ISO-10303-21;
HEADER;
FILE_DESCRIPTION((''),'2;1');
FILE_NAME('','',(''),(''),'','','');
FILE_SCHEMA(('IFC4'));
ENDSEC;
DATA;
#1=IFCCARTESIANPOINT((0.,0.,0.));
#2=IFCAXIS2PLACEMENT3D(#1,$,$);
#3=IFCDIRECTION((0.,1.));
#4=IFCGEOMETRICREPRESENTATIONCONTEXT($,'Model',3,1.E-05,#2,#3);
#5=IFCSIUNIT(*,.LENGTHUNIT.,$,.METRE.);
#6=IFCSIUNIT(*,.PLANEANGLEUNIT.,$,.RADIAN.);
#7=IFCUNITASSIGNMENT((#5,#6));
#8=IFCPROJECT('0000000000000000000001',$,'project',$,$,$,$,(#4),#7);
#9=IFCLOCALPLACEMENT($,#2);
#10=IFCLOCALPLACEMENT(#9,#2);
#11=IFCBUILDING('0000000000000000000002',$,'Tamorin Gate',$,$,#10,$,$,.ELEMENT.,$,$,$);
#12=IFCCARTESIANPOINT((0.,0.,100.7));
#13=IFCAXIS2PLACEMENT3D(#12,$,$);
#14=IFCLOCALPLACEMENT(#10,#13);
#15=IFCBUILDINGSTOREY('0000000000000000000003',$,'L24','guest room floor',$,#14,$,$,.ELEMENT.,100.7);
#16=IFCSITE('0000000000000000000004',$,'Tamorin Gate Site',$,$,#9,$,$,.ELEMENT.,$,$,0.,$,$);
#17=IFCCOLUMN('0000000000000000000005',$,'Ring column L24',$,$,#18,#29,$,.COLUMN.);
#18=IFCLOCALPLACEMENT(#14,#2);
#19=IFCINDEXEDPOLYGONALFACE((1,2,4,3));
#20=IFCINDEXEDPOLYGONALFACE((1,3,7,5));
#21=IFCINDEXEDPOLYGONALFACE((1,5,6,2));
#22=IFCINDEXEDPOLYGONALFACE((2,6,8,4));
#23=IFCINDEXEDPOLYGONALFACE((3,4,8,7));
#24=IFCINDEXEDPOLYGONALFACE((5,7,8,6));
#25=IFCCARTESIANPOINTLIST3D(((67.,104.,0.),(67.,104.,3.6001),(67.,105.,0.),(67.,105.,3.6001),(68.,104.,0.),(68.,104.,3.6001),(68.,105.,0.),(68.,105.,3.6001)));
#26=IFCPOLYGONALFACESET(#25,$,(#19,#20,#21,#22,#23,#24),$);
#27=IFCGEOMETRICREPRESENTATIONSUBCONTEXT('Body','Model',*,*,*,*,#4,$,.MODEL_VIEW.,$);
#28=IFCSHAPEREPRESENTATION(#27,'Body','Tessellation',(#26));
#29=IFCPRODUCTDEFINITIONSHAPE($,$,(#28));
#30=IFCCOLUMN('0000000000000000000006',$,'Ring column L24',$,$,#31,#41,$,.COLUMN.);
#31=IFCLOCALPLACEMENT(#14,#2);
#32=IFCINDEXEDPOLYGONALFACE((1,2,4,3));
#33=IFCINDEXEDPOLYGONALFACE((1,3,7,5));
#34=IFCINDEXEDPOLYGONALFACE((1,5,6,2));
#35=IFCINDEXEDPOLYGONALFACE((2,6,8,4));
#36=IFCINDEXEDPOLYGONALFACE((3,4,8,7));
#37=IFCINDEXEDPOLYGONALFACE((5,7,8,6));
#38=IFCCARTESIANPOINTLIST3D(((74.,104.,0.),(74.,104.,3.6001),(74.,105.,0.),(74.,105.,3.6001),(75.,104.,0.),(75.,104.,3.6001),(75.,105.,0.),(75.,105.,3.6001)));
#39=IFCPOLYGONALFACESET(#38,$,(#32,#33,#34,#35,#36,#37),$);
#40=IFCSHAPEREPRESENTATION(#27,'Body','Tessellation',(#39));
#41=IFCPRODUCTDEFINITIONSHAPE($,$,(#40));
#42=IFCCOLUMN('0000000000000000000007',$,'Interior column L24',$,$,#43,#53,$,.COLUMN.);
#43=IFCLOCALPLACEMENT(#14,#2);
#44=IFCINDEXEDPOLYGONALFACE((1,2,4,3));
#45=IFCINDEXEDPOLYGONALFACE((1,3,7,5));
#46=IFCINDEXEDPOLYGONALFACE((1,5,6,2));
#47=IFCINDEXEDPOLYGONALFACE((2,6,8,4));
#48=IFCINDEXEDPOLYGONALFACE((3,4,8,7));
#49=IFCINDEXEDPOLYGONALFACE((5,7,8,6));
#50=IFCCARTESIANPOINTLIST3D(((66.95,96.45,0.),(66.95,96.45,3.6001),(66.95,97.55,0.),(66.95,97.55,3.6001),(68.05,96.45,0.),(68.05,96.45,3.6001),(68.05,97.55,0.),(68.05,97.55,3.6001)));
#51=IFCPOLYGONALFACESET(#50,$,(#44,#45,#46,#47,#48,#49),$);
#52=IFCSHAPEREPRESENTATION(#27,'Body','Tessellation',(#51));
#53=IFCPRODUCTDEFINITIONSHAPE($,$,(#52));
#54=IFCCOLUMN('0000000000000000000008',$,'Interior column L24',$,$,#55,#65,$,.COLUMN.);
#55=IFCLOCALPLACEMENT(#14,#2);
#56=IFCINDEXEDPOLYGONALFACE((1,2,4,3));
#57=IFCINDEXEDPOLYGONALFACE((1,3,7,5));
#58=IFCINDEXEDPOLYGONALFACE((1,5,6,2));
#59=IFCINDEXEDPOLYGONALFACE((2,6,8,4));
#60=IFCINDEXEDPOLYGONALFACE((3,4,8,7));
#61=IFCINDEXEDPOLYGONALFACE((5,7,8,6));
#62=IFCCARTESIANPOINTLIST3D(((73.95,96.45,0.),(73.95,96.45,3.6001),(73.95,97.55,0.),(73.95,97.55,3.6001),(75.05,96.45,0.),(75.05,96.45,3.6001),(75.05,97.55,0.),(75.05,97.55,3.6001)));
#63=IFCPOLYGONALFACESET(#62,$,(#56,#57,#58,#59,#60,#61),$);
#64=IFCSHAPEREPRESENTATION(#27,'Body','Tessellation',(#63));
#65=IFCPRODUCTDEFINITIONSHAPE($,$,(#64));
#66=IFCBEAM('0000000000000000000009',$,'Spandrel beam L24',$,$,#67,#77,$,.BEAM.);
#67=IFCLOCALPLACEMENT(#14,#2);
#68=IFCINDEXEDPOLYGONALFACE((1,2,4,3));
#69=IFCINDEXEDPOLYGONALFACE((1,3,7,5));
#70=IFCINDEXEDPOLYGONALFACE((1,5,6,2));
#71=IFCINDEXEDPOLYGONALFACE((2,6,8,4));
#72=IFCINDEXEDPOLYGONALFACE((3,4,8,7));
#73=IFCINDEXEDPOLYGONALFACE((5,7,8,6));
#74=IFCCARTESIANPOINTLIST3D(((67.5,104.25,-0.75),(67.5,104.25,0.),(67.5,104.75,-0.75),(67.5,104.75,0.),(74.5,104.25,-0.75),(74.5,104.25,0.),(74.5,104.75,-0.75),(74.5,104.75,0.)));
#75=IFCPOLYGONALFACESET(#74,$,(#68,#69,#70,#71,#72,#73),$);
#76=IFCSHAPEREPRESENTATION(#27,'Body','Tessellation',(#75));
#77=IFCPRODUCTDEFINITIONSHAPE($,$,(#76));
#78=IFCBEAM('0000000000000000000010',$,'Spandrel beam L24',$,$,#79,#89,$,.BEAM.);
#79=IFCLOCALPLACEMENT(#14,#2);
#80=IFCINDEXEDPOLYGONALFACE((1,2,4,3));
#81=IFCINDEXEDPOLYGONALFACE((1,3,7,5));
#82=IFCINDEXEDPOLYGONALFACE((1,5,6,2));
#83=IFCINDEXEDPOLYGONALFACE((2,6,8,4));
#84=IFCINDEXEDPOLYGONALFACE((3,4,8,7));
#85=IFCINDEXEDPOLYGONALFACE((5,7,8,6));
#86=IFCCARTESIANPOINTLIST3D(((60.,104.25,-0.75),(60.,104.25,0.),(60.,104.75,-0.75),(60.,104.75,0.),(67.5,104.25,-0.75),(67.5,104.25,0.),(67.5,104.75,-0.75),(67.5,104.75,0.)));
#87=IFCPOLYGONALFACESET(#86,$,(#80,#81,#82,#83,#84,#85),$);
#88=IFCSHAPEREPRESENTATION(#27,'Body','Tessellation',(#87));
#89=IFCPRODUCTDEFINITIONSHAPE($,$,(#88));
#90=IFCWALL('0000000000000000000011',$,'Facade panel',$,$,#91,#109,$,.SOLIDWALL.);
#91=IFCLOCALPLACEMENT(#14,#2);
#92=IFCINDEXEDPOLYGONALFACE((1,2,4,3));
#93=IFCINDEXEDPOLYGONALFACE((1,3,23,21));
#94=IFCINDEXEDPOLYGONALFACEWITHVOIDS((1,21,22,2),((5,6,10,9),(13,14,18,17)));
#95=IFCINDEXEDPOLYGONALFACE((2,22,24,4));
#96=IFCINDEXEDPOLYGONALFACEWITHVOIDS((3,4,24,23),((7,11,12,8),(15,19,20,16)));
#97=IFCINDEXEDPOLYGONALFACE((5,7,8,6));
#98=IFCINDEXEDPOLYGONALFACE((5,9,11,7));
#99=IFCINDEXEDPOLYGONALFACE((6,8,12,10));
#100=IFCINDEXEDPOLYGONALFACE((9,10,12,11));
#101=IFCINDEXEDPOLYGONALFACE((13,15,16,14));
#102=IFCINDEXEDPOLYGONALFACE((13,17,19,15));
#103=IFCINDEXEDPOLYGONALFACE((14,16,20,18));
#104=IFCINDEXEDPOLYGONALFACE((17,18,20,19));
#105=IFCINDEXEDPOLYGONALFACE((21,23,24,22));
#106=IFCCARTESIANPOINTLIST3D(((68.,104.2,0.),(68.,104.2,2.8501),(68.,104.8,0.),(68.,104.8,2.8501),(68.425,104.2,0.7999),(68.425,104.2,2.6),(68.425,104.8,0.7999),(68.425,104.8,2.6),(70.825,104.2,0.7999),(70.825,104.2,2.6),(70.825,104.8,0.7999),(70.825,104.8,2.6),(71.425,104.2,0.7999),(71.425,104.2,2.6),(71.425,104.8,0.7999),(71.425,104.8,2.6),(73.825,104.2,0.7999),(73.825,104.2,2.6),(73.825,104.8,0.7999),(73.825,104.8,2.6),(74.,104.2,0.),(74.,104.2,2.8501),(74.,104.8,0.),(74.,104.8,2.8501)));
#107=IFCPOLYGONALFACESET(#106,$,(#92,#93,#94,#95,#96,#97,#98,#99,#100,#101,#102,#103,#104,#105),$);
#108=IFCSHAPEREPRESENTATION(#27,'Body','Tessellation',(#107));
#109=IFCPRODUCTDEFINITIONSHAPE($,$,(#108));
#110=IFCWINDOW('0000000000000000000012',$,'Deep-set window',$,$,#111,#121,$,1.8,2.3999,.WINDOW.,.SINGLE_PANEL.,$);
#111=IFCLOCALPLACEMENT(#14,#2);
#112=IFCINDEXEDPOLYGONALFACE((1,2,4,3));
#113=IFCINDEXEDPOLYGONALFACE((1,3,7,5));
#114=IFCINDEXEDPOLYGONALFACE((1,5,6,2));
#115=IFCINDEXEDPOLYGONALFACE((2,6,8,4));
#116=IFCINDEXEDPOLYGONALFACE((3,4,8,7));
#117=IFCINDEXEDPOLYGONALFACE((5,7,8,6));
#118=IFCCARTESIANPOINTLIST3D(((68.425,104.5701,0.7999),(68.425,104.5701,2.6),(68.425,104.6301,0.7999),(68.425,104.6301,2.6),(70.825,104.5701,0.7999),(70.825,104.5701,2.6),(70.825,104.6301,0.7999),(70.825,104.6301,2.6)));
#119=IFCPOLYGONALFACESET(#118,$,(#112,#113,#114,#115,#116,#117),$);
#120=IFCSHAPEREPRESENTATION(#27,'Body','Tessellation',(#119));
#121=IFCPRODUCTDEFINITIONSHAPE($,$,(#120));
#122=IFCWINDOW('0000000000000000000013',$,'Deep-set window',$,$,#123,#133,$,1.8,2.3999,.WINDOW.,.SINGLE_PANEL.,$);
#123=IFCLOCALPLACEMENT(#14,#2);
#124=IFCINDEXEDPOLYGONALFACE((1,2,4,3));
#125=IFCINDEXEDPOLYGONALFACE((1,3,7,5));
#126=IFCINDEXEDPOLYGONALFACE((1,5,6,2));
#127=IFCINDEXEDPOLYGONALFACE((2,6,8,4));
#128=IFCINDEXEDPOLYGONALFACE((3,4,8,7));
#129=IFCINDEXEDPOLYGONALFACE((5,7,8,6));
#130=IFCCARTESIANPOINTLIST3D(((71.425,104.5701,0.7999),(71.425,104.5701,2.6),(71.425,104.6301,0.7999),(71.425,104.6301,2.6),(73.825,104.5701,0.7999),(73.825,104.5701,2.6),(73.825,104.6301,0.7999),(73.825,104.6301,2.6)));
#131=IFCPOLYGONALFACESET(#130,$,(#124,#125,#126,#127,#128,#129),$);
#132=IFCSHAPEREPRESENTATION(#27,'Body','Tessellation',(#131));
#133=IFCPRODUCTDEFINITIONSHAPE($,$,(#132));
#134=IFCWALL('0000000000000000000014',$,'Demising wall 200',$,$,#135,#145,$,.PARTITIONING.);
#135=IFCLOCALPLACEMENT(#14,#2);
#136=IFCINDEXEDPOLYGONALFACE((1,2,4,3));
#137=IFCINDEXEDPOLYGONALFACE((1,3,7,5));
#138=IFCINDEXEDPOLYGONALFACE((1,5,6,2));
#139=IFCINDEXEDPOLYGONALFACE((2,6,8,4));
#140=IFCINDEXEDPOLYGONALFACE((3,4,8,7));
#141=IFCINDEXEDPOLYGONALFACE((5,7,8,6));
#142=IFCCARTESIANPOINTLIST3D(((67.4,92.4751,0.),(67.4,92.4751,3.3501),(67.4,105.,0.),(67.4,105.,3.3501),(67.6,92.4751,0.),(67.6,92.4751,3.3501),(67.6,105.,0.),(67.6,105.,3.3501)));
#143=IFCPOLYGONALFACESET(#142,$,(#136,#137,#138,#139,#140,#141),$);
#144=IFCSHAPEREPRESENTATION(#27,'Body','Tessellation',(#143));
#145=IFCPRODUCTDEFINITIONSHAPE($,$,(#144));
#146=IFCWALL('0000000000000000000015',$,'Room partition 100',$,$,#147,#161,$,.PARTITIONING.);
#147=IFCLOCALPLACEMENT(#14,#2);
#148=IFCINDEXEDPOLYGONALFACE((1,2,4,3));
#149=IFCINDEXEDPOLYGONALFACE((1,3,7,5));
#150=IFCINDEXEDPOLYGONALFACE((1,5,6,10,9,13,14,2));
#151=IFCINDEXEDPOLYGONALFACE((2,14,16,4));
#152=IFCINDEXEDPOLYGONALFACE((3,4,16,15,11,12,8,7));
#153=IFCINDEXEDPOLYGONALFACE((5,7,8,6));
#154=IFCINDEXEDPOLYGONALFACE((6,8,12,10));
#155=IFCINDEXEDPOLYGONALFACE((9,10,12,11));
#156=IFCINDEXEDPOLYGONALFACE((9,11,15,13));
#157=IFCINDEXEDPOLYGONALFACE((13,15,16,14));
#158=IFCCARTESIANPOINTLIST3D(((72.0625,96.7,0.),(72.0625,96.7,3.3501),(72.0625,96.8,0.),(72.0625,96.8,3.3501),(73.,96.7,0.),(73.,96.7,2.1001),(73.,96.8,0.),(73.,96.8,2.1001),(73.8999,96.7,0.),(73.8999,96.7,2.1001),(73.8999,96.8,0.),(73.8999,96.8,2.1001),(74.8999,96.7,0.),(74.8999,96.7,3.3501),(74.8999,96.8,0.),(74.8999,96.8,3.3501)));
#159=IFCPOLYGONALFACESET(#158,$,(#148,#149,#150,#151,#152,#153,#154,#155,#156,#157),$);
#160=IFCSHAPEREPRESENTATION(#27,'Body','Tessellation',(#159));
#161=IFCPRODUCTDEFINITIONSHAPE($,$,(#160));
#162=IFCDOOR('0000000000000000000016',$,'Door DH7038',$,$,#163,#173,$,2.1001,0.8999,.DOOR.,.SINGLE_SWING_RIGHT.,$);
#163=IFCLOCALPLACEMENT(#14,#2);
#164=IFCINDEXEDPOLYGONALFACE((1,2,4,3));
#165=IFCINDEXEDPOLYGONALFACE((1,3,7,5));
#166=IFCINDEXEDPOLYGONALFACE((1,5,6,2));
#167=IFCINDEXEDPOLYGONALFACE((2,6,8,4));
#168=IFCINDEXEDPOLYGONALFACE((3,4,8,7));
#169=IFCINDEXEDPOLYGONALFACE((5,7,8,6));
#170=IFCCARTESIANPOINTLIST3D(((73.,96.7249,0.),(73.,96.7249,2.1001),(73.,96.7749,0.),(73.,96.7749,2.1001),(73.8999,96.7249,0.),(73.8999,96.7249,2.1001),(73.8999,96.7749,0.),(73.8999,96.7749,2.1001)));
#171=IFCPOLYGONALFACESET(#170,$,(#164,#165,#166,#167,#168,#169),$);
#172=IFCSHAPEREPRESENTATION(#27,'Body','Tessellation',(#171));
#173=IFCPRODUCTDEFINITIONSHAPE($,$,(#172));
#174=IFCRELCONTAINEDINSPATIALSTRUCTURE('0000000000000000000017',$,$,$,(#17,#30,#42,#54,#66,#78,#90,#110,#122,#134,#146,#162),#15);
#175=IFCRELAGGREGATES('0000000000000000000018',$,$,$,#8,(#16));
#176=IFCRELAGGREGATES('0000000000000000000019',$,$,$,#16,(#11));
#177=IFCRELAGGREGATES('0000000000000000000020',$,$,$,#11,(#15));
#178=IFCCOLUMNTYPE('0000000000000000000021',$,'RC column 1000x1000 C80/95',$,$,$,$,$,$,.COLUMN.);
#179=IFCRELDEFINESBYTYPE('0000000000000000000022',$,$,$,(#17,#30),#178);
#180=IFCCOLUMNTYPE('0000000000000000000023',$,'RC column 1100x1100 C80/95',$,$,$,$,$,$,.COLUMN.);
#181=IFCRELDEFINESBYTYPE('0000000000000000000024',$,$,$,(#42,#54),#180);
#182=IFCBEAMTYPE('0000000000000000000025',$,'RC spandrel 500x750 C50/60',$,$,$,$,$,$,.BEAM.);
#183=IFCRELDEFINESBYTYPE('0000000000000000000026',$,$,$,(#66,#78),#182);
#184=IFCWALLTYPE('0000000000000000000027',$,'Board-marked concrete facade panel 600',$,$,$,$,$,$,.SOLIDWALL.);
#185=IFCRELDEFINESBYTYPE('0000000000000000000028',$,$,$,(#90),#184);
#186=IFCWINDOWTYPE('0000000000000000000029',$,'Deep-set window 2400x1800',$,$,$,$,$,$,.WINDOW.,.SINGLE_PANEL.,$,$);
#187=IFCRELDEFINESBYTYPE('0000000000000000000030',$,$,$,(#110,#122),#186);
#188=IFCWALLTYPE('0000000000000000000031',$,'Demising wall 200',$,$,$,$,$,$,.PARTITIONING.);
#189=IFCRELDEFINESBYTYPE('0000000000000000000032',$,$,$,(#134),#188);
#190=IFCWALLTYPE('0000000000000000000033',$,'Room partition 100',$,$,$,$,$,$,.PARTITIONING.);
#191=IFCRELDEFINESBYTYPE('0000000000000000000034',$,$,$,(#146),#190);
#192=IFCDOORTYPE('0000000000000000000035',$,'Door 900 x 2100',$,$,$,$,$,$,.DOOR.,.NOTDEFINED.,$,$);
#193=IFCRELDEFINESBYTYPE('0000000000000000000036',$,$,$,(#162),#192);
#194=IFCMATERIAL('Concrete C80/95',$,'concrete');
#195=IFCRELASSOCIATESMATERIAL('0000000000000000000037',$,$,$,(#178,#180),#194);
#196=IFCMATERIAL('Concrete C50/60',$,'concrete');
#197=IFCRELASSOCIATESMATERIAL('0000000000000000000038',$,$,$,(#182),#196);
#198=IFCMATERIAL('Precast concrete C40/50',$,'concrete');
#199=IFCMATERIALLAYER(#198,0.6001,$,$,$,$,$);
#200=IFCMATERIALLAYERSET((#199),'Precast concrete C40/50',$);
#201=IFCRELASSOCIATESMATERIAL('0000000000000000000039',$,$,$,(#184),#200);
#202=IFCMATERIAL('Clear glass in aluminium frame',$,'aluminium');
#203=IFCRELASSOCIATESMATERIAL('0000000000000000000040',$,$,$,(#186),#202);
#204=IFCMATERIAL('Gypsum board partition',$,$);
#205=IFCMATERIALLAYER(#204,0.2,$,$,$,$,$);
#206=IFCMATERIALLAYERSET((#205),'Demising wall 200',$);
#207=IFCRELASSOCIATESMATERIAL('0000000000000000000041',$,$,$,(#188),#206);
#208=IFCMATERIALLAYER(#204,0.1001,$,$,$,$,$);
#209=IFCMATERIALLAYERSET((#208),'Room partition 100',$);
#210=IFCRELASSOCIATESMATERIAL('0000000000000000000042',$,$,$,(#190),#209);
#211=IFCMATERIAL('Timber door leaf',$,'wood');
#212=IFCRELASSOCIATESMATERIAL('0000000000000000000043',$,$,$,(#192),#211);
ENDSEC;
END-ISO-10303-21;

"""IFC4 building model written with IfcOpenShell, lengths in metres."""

from ifc_helpers import new_model, si_unit, direction, frame, frame_2d, origin, origin_2d, place, context, subcontext, project, spatial, rectangle, extrude, material, layer, layer_set, material_profile, profile_set, type_object, element, fill, save


model = new_model("IFC4")

# Units and contexts
model_context = context("Model", 3, precision=1e-05, world=origin(), true_north=direction((0.0, 1.0)))
body_context = subcontext(model_context, "Body", "Model", "MODEL_VIEW")
ifc_project = project(units=[si_unit("LENGTHUNIT", "METRE"), si_unit("PLANEANGLEUNIT", "RADIAN")], contexts=[model_context])

# Site, building, storey
site_placement = place(None, origin())
site = spatial("IfcSite", under=ifc_project, at=site_placement, Name="Tamorin Gate Site", CompositionType="ELEMENT", RefElevation=0.0)
building_placement = place(site_placement, origin())
building = spatial("IfcBuilding", under=site, at=building_placement, Name="Tamorin Gate", CompositionType="ELEMENT")
storey_placement = place(building_placement, frame((0.0, 0.0, 100.7)))
storey = spatial("IfcBuildingStorey", under=building, at=storey_placement, Name="L24", Description="guest room floor", CompositionType="ELEMENT", Elevation=100.7)

# Columns
ifc_material_1 = material(Name="Concrete C80/95", Category="concrete")
ifc_material_profile_1 = material_profile(ifc_material_1, rectangle(XDim=1.0, YDim=1.0, at=origin_2d()), Name="RC 1000x1000")
ifc_profile_set_1 = profile_set([ifc_material_profile_1], Name="Concrete C80/95")
column_type_1 = type_object("IfcColumnType", Name="RC column 1000x1000 C80/95", PredefinedType="COLUMN", material=ifc_profile_set_1)
for number, where, z_axis, x_axis, name in (
    (1, (67.5, 104.5, 0.0), (0.0, 0.0, 1.0), (1.0, 0.0, 0.0), "Ring column L24"),
    (2, (74.5, 104.5, 0.0), (0.0, 0.0, 1.0), (1.0, 0.0, 0.0), "Ring column L24"),
):
    element("IfcColumn", number, at=place(storey_placement, frame(where, z_axis=z_axis, x_axis=x_axis)), inside=storey, type_object=column_type_1, Name=name, PredefinedType="COLUMN", context=body_context, shape_type="SweptSolid", body=[
        extrude(rectangle(XDim=1.0, YDim=1.0, at=origin_2d()), origin(), (0.0, 0.0, 1.0), 3.6001),
    ])
ifc_material_profile_2 = material_profile(ifc_material_1, rectangle(XDim=1.1001, YDim=1.1001, at=origin_2d()), Name="RC 1100x1100")
ifc_profile_set_2 = profile_set([ifc_material_profile_2], Name="Concrete C80/95")
column_type_2 = type_object("IfcColumnType", Name="RC column 1100x1100 C80/95", PredefinedType="COLUMN", material=ifc_profile_set_2)
for number, where, z_axis, x_axis, name in (
    (3, (67.5, 97.0, 0.0), (0.0, 0.0, 1.0), (1.0, 0.0, 0.0), "Interior column L24"),
    (4, (74.5, 97.0, 0.0), (0.0, 0.0, 1.0), (1.0, 0.0, 0.0), "Interior column L24"),
):
    element("IfcColumn", number, at=place(storey_placement, frame(where, z_axis=z_axis, x_axis=x_axis)), inside=storey, type_object=column_type_2, Name=name, PredefinedType="COLUMN", context=body_context, shape_type="SweptSolid", body=[
        extrude(rectangle(XDim=1.1001, YDim=1.1001, at=origin_2d()), origin(), (0.0, 0.0, 1.0), 3.6001),
    ])

# Beams
ifc_material_2 = material(Name="Concrete C50/60", Category="concrete")
ifc_material_profile_3 = material_profile(ifc_material_2, rectangle(XDim=0.5, YDim=0.75, at=origin_2d()), Name="RC 500x750")
ifc_profile_set_3 = profile_set([ifc_material_profile_3], Name="Concrete C50/60")
beam_type = type_object("IfcBeamType", Name="RC spandrel 500x750 C50/60", PredefinedType="BEAM", material=ifc_profile_set_3)
beam_1_placement = place(storey_placement, frame((74.5, 104.5, -0.375), z_axis=(-1.0, 0.0, 0.0), x_axis=(0.0, -1.0, 0.0)))
element("IfcBeam", 5, at=beam_1_placement, inside=storey, type_object=beam_type, Name="Spandrel beam L24", PredefinedType="BEAM", context=body_context, shape_type="SweptSolid", body=[
    extrude(rectangle(XDim=0.5, YDim=0.75, at=origin_2d()), origin(), (0.0, 0.0, 1.0), 7.0),
])
beam_2_placement = place(storey_placement, frame((67.5, 104.5, -0.375), z_axis=(-1.0, 0.0, 0.0), x_axis=(0.0, -1.0, 0.0)))
element("IfcBeam", 6, at=beam_2_placement, inside=storey, type_object=beam_type, Name="Spandrel beam L24", PredefinedType="BEAM", context=body_context, shape_type="SweptSolid", body=[
    extrude(rectangle(XDim=0.5, YDim=0.75, at=origin_2d()), origin(), (0.0, 0.0, 1.0), 7.5),
])

# Wall, openings, windows
ifc_material_3 = material(Name="Precast concrete C40/50", Category="concrete")
ifc_layer_1 = layer(ifc_material_3, 0.6001)
ifc_layer_set_1 = layer_set([ifc_layer_1], Name="Precast concrete C40/50")
wall_type_1 = type_object("IfcWallType", Name="Board-marked concrete facade panel 600", PredefinedType="SOLIDWALL", material=ifc_layer_set_1)
wall_1_placement = place(storey_placement, frame((74.0, 104.5, 0.0), z_axis=(0.0, 0.0, 1.0), x_axis=(-1.0, 0.0, 0.0)))
wall_1 = element("IfcWall", 7, at=wall_1_placement, inside=storey, type_object=wall_type_1, Name="Facade panel", PredefinedType="SOLIDWALL", context=body_context, shape_type="SweptSolid", body=[
    extrude(rectangle(XDim=6.0, YDim=0.6001, at=frame_2d((3.0, 0.0))), origin(), (0.0, 0.0, 1.0), 2.8501),
])
opening_1_placement = place(wall_1_placement, frame((3.175, 0.0, 0.8)))
opening_1 = element("IfcOpeningElement", 8, at=opening_1_placement, cuts=wall_1, PredefinedType="OPENING", context=body_context, shape_type="SweptSolid", body=[
    extrude(rectangle(XDim=2.3999, YDim=1.8, at=frame_2d((1.2, 0.8999))), frame((0.0, 0.3101, 0.0), z_axis=(0.0, -1.0, 0.0), x_axis=(1.0, 0.0, 0.0)), (0.0, 0.0, 1.0), 0.6201),
])
opening_2_placement = place(wall_1_placement, frame((0.175, 0.0, 0.8)))
opening_2 = element("IfcOpeningElement", 9, at=opening_2_placement, cuts=wall_1, PredefinedType="OPENING", context=body_context, shape_type="SweptSolid", body=[
    extrude(rectangle(XDim=2.3999, YDim=1.8, at=frame_2d((1.2, 0.8999))), frame((0.0, 0.3101, 0.0), z_axis=(0.0, -1.0, 0.0), x_axis=(1.0, 0.0, 0.0)), (0.0, 0.0, 1.0), 0.6201),
])
ifc_material_4 = material(Name="Clear glass in aluminium frame", Category="aluminium")
window_type = type_object("IfcWindowType", Name="Deep-set window 2400x1800", PartitioningType="SINGLE_PANEL", PredefinedType="WINDOW", material=ifc_material_4)
window_1_placement = place(opening_1_placement, origin())
window_1 = element("IfcWindow", 10, at=window_1_placement, inside=storey, type_object=window_type, Name="Deep-set window", OverallHeight=1.8, OverallWidth=2.3999, PartitioningType="SINGLE_PANEL", PredefinedType="WINDOW", context=body_context, shape_type="SweptSolid", body=[
    extrude(rectangle(XDim=2.3999, YDim=1.8, at=frame_2d((1.2, 0.8999))), frame((0.0, -0.0701, 0.0), z_axis=(0.0, -1.0, 0.0), x_axis=(1.0, 0.0, 0.0)), (0.0, 0.0, 1.0), 0.0601),
])
fill(opening_1, window_1)
window_2_placement = place(opening_2_placement, origin())
window_2 = element("IfcWindow", 11, at=window_2_placement, inside=storey, type_object=window_type, Name="Deep-set window", OverallHeight=1.8, OverallWidth=2.3999, PartitioningType="SINGLE_PANEL", PredefinedType="WINDOW", context=body_context, shape_type="SweptSolid", body=[
    extrude(rectangle(XDim=2.3999, YDim=1.8, at=frame_2d((1.2, 0.8999))), frame((0.0, -0.0701, 0.0), z_axis=(0.0, -1.0, 0.0), x_axis=(1.0, 0.0, 0.0)), (0.0, 0.0, 1.0), 0.0601),
])
fill(opening_2, window_2)

# Wall
ifc_material_5 = material(Name="Gypsum board partition")
ifc_layer_2 = layer(ifc_material_5, 0.2)
ifc_layer_set_2 = layer_set([ifc_layer_2], Name="Demising wall 200")
wall_type_2 = type_object("IfcWallType", Name="Demising wall 200", PredefinedType="PARTITIONING", material=ifc_layer_set_2)
wall_2_placement = place(storey_placement, frame((67.5, 92.4751, 0.0), z_axis=(0.0, 0.0, 1.0), x_axis=(0.0, 1.0, 0.0)))
element("IfcWall", 12, at=wall_2_placement, inside=storey, type_object=wall_type_2, Name="Demising wall 200", PredefinedType="PARTITIONING", context=body_context, shape_type="SweptSolid", body=[
    extrude(rectangle(XDim=12.5249, YDim=0.2, at=frame_2d((6.2625, 0.0))), origin(), (0.0, 0.0, 1.0), 3.3501),
])

# Wall, opening, door
ifc_layer_3 = layer(ifc_material_5, 0.1001)
ifc_layer_set_3 = layer_set([ifc_layer_3], Name="Room partition 100")
wall_type_3 = type_object("IfcWallType", Name="Room partition 100", PredefinedType="PARTITIONING", material=ifc_layer_set_3)
wall_3_placement = place(storey_placement, frame((72.0625, 96.75, 0.0), z_axis=(0.0, 0.0, 1.0), x_axis=(1.0, 0.0, 0.0)))
wall_3 = element("IfcWall", 13, at=wall_3_placement, inside=storey, type_object=wall_type_3, Name="Room partition 100", PredefinedType="PARTITIONING", context=body_context, shape_type="SweptSolid", body=[
    extrude(rectangle(XDim=2.8374, YDim=0.1001, at=frame_2d((1.4187, 0.0))), origin(), (0.0, 0.0, 1.0), 3.3501),
])
opening_3_placement = place(wall_3_placement, frame((0.9375, 0.0, 0.0)))
opening_3 = element("IfcOpeningElement", 14, at=opening_3_placement, cuts=wall_3, PredefinedType="OPENING", context=body_context, shape_type="SweptSolid", body=[
    extrude(rectangle(XDim=0.8999, YDim=2.1001, at=frame_2d((0.45, 1.05))), frame((0.0, 0.0601, 0.0), z_axis=(0.0, -1.0, 0.0), x_axis=(1.0, 0.0, 0.0)), (0.0, 0.0, 1.0), 0.1201),
])
ifc_material_6 = material(Name="Timber door leaf", Category="wood")
door_type = type_object("IfcDoorType", Name="Door 900 x 2100", OperationType="NOTDEFINED", PredefinedType="DOOR", material=ifc_material_6)
door_1_placement = place(opening_3_placement, origin())
door_1 = element("IfcDoor", 15, at=door_1_placement, inside=storey, type_object=door_type, Name="Door DH7038", OperationType="SINGLE_SWING_RIGHT", OverallHeight=2.1001, OverallWidth=0.8999, PredefinedType="DOOR", context=body_context, shape_type="SweptSolid", body=[
    extrude(rectangle(XDim=0.8999, YDim=2.1001, at=frame_2d((0.45, 1.05))), frame((0.0, 0.0249, 0.0), z_axis=(0.0, -1.0, 0.0), x_axis=(1.0, 0.0, 0.0)), (0.0, 0.0, 1.0), 0.05),
])
fill(opening_3, door_1)

save(model, "model.ifc")
